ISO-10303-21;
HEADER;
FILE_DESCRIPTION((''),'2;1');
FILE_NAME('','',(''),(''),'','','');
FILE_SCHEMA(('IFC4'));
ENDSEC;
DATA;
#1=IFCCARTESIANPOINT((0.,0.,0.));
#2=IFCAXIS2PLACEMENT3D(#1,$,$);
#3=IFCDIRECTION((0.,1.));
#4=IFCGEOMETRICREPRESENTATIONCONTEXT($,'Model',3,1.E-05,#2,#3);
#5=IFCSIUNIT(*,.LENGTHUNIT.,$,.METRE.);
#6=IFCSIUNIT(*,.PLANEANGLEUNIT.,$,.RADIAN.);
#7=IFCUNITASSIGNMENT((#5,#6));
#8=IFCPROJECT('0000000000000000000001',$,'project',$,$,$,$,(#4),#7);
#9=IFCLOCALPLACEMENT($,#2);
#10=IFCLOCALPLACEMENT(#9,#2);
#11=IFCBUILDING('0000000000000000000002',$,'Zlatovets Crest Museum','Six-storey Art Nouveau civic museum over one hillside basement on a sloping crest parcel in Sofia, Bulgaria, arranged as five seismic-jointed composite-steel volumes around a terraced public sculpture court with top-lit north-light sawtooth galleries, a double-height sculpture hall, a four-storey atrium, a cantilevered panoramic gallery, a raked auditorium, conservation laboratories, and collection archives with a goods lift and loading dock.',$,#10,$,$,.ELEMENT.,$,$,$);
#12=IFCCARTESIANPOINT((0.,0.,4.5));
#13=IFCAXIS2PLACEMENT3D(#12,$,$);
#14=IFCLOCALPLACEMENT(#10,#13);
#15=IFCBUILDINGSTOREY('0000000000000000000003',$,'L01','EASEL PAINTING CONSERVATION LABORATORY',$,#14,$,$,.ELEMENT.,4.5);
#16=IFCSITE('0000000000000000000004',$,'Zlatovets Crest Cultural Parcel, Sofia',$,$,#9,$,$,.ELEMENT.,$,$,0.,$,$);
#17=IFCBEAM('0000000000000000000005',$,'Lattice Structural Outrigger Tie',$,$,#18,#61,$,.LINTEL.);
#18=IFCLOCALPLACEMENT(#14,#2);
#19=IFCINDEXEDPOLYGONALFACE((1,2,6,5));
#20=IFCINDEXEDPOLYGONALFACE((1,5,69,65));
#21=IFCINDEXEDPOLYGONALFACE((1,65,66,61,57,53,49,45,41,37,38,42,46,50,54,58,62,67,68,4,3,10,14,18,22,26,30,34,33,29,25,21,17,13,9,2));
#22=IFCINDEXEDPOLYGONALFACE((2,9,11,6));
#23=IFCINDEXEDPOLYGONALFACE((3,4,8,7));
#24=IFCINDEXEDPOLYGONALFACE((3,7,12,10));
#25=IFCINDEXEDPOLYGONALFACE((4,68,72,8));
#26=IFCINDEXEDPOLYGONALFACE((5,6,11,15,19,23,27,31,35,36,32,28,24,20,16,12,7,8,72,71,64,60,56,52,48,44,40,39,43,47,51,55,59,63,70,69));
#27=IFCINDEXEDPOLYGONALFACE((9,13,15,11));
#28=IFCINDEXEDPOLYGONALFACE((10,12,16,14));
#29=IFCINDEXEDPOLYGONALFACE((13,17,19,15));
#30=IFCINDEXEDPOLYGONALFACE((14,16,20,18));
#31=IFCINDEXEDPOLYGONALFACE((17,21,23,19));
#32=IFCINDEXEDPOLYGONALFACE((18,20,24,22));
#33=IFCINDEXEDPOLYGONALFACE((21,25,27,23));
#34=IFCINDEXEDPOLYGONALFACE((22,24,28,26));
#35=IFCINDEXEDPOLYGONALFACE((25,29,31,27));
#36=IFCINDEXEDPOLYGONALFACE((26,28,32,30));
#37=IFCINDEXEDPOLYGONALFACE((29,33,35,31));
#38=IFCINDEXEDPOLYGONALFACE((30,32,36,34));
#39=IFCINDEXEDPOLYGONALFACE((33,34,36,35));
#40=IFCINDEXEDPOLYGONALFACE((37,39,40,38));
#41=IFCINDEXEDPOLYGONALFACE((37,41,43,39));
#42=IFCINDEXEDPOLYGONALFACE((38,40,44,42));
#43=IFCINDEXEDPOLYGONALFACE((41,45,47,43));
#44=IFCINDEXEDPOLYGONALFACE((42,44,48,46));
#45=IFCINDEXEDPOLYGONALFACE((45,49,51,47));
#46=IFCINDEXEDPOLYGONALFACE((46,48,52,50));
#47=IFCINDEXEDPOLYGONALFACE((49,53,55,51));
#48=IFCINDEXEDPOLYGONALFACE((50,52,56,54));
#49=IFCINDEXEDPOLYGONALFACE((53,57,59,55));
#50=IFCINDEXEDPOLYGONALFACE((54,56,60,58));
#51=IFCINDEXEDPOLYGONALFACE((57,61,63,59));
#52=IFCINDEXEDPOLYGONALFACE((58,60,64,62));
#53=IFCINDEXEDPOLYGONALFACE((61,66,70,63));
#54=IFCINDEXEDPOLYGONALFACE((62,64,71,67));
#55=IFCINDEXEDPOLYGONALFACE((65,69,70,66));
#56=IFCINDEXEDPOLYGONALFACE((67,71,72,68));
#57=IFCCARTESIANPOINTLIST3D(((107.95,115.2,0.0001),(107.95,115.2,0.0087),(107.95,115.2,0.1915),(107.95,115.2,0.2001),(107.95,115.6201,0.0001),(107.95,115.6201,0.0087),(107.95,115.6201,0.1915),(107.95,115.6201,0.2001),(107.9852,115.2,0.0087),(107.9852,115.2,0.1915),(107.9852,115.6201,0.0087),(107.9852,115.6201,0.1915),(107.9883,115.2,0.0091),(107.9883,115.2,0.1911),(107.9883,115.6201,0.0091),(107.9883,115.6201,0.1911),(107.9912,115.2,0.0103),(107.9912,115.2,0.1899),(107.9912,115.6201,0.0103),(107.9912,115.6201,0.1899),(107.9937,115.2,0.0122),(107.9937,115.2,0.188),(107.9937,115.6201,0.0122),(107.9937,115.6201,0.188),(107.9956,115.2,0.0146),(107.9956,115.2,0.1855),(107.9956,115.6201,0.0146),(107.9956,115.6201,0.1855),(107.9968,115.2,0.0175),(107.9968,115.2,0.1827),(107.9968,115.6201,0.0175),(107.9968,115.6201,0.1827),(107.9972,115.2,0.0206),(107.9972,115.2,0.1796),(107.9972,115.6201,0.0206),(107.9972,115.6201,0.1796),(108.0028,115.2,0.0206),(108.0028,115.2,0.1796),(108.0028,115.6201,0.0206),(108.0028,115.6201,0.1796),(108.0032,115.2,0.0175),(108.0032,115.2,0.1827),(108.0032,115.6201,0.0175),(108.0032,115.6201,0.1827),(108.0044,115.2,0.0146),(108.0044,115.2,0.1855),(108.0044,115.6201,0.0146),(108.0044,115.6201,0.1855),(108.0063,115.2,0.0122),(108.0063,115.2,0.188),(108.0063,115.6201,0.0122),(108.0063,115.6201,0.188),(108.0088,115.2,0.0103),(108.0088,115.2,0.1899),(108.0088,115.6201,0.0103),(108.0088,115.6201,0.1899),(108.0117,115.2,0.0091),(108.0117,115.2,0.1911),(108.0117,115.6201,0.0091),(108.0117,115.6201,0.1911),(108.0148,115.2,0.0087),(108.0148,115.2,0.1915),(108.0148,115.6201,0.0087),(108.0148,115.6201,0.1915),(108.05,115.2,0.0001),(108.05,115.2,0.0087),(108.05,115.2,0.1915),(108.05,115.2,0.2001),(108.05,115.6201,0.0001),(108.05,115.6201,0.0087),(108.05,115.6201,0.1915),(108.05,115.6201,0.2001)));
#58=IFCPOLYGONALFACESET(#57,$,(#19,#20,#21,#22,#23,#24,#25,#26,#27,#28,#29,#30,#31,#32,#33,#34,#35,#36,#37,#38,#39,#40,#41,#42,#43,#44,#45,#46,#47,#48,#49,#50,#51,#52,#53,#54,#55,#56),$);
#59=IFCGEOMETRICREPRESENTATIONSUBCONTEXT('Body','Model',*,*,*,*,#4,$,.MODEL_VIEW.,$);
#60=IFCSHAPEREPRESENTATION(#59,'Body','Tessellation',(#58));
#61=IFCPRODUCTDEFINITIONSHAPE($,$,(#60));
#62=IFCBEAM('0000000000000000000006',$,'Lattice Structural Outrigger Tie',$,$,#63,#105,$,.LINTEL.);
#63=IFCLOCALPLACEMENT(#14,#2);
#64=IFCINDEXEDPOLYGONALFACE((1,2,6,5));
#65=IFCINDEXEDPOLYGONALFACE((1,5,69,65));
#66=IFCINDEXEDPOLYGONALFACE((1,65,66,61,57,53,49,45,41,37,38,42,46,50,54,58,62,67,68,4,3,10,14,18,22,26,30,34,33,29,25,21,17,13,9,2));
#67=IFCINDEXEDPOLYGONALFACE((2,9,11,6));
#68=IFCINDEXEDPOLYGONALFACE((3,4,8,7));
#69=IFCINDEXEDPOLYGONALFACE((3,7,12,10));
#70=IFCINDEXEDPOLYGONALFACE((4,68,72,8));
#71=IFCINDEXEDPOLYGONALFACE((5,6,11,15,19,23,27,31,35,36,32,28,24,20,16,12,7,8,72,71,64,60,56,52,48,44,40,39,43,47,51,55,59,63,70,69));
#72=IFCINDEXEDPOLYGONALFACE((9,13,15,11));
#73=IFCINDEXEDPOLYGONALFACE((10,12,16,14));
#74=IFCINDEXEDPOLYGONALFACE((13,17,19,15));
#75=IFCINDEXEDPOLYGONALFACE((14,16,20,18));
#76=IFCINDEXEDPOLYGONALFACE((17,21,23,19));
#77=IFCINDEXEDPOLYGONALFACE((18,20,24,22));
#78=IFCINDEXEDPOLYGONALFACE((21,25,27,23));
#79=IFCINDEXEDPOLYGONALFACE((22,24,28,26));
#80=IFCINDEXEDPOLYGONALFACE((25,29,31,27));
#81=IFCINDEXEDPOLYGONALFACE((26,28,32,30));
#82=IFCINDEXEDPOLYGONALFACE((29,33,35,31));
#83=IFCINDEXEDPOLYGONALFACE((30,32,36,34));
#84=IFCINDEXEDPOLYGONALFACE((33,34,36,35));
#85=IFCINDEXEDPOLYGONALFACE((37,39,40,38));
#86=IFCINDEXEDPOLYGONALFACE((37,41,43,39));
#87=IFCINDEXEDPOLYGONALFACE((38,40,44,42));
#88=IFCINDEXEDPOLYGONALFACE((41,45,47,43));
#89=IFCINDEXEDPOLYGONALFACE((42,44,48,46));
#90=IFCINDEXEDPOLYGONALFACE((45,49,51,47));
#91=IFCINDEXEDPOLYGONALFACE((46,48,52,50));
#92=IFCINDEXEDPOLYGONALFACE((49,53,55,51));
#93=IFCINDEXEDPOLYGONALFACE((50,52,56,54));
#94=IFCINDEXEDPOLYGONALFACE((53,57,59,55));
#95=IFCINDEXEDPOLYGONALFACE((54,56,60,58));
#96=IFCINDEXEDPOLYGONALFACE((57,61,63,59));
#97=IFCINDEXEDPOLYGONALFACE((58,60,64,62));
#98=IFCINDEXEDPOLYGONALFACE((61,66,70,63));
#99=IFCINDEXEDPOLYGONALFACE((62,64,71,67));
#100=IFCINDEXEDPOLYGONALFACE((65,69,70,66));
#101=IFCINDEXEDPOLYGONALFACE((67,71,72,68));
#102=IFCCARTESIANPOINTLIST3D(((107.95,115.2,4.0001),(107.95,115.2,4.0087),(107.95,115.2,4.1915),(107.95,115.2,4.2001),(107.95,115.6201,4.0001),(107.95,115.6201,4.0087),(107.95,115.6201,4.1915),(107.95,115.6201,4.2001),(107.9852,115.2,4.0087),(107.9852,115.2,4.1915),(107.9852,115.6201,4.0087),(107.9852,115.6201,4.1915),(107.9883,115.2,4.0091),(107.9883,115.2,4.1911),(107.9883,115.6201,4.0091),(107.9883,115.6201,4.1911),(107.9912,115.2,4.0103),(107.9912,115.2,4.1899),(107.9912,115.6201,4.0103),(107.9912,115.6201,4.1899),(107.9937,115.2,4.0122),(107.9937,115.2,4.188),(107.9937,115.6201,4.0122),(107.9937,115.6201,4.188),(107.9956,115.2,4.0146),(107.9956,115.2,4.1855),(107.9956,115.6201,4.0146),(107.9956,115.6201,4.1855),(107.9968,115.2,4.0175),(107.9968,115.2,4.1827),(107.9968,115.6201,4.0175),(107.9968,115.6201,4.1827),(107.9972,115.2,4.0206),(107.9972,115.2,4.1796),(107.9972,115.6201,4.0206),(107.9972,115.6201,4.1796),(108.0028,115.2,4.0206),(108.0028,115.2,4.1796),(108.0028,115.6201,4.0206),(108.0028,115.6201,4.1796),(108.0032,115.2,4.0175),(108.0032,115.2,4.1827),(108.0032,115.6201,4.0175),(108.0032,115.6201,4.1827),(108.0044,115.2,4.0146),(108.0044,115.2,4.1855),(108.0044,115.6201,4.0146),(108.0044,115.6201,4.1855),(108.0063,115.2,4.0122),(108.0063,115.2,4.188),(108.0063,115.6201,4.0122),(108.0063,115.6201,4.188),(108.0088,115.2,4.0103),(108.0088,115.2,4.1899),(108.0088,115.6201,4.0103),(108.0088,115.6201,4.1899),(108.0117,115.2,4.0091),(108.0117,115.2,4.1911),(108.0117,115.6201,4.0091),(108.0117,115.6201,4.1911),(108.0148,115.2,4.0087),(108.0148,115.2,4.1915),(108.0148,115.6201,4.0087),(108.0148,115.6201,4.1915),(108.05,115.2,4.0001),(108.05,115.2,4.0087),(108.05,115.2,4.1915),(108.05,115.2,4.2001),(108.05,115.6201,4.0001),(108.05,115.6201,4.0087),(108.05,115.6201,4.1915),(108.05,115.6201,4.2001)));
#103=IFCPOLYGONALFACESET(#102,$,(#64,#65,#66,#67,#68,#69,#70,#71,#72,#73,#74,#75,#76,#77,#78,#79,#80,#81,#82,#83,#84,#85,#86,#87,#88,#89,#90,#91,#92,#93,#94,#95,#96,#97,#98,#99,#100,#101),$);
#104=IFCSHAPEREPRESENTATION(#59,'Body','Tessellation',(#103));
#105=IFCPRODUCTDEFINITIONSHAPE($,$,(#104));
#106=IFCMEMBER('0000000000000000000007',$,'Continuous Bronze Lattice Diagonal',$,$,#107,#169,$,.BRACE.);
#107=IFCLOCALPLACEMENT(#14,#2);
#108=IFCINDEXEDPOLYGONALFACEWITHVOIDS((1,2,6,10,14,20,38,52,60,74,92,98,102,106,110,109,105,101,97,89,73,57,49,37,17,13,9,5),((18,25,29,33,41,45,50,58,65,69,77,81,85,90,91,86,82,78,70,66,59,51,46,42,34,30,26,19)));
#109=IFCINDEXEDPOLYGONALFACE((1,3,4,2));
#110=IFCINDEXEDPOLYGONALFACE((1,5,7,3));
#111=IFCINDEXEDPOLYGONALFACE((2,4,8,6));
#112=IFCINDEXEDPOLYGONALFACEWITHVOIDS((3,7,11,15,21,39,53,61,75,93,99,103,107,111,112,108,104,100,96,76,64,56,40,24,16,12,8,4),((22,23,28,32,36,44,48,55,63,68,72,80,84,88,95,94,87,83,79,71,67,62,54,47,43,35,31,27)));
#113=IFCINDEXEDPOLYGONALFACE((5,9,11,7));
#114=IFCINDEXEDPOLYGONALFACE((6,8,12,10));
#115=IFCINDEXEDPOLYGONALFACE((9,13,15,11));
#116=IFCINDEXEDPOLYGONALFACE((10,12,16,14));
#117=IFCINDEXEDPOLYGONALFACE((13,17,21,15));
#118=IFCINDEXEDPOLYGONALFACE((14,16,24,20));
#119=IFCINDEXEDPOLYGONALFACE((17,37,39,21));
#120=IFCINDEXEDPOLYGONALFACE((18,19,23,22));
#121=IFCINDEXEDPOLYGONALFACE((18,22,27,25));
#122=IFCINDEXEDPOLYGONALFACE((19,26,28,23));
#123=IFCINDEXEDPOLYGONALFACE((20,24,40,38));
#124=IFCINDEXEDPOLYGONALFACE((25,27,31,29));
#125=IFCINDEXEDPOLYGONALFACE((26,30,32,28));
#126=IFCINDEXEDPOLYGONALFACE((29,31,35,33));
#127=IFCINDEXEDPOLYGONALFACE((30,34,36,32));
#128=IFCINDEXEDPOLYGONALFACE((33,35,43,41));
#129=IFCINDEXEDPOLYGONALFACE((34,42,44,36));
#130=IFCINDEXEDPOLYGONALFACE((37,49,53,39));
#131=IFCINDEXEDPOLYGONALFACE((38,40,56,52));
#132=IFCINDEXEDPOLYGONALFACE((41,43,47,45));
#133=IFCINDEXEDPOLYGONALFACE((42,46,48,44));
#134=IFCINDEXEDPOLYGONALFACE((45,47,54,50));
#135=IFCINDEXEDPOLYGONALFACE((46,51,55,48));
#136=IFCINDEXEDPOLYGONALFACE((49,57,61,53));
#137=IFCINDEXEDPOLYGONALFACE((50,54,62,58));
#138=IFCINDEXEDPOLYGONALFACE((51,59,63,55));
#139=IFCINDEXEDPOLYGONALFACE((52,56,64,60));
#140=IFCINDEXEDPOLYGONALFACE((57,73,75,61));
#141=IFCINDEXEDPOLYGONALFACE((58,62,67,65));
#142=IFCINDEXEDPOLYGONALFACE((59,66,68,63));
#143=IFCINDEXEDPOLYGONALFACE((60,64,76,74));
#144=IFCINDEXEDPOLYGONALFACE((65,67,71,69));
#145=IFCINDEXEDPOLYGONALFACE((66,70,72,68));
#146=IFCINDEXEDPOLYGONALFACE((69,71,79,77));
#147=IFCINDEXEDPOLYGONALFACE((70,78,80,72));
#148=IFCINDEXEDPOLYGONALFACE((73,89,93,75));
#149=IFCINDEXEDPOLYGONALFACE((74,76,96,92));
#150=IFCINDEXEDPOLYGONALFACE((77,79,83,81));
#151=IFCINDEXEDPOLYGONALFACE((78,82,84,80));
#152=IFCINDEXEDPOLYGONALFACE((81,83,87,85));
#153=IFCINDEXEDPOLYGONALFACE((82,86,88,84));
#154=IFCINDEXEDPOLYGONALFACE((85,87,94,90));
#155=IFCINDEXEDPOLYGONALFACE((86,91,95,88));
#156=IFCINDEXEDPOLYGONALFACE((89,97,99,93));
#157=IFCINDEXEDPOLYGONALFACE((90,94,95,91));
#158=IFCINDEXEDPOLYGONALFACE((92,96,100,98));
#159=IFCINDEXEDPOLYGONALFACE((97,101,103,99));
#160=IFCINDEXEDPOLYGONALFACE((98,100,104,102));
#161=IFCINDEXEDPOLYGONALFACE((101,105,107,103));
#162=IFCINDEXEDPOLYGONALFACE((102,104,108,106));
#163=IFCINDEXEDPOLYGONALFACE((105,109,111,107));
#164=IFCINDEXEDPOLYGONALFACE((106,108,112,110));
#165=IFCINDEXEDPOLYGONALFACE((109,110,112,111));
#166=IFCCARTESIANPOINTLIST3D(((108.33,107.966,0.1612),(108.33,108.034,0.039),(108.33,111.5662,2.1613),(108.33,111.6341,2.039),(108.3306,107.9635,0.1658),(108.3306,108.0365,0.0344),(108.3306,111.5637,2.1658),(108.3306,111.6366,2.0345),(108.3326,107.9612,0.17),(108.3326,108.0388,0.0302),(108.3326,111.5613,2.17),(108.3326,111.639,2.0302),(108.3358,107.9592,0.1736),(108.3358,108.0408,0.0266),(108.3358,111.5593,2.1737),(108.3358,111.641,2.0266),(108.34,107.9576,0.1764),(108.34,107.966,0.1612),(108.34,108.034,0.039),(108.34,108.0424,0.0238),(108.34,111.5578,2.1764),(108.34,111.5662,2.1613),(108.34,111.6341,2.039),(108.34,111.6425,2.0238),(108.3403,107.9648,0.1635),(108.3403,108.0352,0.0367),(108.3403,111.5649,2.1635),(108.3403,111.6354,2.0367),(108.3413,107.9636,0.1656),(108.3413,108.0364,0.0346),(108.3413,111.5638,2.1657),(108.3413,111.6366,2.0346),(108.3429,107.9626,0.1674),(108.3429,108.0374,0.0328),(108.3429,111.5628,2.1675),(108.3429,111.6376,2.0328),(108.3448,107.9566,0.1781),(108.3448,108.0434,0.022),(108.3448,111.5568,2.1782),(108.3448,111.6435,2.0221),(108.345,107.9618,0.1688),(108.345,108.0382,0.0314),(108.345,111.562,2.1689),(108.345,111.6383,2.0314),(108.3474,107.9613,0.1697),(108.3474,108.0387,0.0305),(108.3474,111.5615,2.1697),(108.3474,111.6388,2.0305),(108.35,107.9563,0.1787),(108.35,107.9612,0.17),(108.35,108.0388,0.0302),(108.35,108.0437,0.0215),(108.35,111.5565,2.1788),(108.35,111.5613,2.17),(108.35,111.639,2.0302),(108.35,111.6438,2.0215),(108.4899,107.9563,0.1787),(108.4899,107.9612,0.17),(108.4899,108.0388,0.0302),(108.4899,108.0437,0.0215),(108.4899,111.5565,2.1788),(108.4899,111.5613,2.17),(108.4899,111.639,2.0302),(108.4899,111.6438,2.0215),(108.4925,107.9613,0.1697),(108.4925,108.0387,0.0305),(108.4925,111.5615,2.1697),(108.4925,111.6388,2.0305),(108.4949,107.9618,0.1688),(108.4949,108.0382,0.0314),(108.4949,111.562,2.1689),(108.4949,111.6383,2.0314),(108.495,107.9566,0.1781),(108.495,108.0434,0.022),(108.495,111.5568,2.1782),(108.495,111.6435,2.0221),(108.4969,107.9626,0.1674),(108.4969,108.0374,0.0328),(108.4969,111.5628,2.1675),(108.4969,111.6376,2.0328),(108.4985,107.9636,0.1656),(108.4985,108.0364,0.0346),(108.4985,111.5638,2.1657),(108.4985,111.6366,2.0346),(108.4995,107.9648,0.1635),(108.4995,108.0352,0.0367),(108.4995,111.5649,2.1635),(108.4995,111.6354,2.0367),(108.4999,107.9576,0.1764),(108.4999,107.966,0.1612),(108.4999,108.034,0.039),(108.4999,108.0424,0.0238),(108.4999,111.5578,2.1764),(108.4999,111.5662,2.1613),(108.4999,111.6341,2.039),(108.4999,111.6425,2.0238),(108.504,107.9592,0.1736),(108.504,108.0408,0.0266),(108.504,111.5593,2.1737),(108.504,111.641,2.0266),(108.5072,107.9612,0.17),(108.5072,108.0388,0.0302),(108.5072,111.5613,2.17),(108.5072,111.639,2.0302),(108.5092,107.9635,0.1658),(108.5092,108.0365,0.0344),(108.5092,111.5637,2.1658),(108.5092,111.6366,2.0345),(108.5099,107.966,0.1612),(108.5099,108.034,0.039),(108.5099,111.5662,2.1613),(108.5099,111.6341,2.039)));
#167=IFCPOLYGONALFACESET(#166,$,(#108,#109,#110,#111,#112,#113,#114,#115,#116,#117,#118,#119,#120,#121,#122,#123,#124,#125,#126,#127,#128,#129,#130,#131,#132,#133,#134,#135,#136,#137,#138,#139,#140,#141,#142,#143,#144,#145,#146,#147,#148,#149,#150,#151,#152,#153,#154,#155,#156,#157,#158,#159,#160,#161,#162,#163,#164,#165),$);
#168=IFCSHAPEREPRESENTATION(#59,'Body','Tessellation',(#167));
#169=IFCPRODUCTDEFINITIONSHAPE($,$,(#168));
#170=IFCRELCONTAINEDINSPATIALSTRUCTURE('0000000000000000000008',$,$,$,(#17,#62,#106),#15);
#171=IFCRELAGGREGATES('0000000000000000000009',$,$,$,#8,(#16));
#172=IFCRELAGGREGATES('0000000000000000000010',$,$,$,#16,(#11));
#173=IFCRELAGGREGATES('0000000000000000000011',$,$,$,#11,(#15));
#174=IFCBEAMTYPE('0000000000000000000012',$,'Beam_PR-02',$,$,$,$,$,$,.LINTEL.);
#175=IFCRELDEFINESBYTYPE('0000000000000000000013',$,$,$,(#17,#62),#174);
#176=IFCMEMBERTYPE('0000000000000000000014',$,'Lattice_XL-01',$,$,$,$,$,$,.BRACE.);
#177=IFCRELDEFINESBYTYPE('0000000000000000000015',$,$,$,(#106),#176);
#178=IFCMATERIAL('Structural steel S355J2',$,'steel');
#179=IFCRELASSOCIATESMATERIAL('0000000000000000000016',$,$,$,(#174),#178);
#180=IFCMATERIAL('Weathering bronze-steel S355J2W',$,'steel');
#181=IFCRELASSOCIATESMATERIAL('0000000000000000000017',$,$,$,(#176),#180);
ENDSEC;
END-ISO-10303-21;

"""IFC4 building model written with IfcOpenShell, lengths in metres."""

from ifc_helpers import new_model, si_unit, direction, frame, origin, origin_2d, place, context, subcontext, project, spatial, hollow_rectangle, i_section, extrude, material, material_profile, profile_set, type_object, element, save


model = new_model("IFC4")

# Units and contexts
model_context = context("Model", 3, precision=1e-05, world=origin(), true_north=direction((0.0, 1.0)))
body_context = subcontext(model_context, "Body", "Model", "MODEL_VIEW")
ifc_project = project(units=[si_unit("LENGTHUNIT", "METRE"), si_unit("PLANEANGLEUNIT", "RADIAN")], contexts=[model_context])

# Site, building, storey
site_placement = place(None, origin())
site = spatial("IfcSite", under=ifc_project, at=site_placement, Name="Zlatovets Crest Cultural Parcel, Sofia", CompositionType="ELEMENT", RefElevation=0.0)
building_placement = place(site_placement, origin())
building = spatial("IfcBuilding", under=site, at=building_placement, Name="Zlatovets Crest Museum", Description="Six-storey Art Nouveau civic museum over one hillside basement on a sloping crest parcel in Sofia, Bulgaria, arranged as five seismic-jointed composite-steel volumes around a terraced public sculpture court with top-lit north-light sawtooth galleries, a double-height sculpture hall, a four-storey atrium, a cantilevered panoramic gallery, a raked auditorium, conservation laboratories, and collection archives with a goods lift and loading dock.", CompositionType="ELEMENT")
storey_placement = place(building_placement, frame((0.0, 0.0, 4.5)))
storey = spatial("IfcBuildingStorey", under=building, at=storey_placement, Name="L01", Description="EASEL PAINTING CONSERVATION LABORATORY", CompositionType="ELEMENT", Elevation=4.5)

# Shared definitions
ifc_material_1 = material(Name="Structural steel S355J2", Category="steel")

# Beams
ifc_material_profile_1 = material_profile(ifc_material_1, i_section(OverallWidth=0.1001, OverallDepth=0.2, WebThickness=0.0056, FlangeThickness=0.0085, FilletRadius=0.012, at=origin_2d()), Name="IPE 200")
ifc_profile_set_1 = profile_set([ifc_material_profile_1], Name="Structural steel S355J2")
beam_type = type_object("IfcBeamType", Name="Beam_PR-02", PredefinedType="LINTEL", material=ifc_profile_set_1)
for number, where, z_axis, x_axis, name in (
    (1, (108.0, 115.2, 0.1001), (0.0, 1.0, 0.0), (-1.0, 0.0, 0.0), "Lattice Structural Outrigger Tie"),
    (2, (108.0, 115.2, 4.1001), (0.0, 1.0, 0.0), (-1.0, 0.0, 0.0), "Lattice Structural Outrigger Tie"),
):
    element("IfcBeam", number, at=place(storey_placement, frame(where, z_axis=z_axis, x_axis=x_axis)), inside=storey, type_object=beam_type, Name=name, PredefinedType="LINTEL", context=body_context, shape_type="SweptSolid", body=[
        extrude(i_section(OverallWidth=0.1001, OverallDepth=0.2, WebThickness=0.0056, FlangeThickness=0.0085, FilletRadius=0.012, at=origin_2d()), origin(), (0.0, 0.0, 1.0), 0.4202),
    ])

# Member
ifc_material_2 = material(Name="Weathering bronze-steel S355J2W", Category="steel")
ifc_material_profile_2 = material_profile(ifc_material_2, hollow_rectangle(XDim=0.1799, YDim=0.1799, WallThickness=0.01, InnerFilletRadius=0.01, OuterFilletRadius=0.02, at=origin_2d()), Name="SHS 180x180x10.0")
ifc_profile_set_2 = profile_set([ifc_material_profile_2], Name="Weathering bronze-steel S355J2W")
member_type_1 = type_object("IfcMemberType", Name="Lattice_XL-01", PredefinedType="BRACE", material=ifc_profile_set_2)
member_1_placement = place(storey_placement, frame((108.4199, 108.0, 0.1001), z_axis=(0.0, 0.874163, 0.485633), x_axis=(-1.0, 0.0, 0.0)))
element("IfcMember", 3, at=member_1_placement, inside=storey, type_object=member_type_1, Name="Continuous Bronze Lattice Diagonal", PredefinedType="BRACE", context=body_context, shape_type="SweptSolid", body=[
    extrude(hollow_rectangle(XDim=0.1799, YDim=0.1799, WallThickness=0.01, InnerFilletRadius=0.01, OuterFilletRadius=0.02, at=origin_2d()), origin(), (0.0, 0.0, 1.0), 4.1184),
])

save(model, "model.ifc")
